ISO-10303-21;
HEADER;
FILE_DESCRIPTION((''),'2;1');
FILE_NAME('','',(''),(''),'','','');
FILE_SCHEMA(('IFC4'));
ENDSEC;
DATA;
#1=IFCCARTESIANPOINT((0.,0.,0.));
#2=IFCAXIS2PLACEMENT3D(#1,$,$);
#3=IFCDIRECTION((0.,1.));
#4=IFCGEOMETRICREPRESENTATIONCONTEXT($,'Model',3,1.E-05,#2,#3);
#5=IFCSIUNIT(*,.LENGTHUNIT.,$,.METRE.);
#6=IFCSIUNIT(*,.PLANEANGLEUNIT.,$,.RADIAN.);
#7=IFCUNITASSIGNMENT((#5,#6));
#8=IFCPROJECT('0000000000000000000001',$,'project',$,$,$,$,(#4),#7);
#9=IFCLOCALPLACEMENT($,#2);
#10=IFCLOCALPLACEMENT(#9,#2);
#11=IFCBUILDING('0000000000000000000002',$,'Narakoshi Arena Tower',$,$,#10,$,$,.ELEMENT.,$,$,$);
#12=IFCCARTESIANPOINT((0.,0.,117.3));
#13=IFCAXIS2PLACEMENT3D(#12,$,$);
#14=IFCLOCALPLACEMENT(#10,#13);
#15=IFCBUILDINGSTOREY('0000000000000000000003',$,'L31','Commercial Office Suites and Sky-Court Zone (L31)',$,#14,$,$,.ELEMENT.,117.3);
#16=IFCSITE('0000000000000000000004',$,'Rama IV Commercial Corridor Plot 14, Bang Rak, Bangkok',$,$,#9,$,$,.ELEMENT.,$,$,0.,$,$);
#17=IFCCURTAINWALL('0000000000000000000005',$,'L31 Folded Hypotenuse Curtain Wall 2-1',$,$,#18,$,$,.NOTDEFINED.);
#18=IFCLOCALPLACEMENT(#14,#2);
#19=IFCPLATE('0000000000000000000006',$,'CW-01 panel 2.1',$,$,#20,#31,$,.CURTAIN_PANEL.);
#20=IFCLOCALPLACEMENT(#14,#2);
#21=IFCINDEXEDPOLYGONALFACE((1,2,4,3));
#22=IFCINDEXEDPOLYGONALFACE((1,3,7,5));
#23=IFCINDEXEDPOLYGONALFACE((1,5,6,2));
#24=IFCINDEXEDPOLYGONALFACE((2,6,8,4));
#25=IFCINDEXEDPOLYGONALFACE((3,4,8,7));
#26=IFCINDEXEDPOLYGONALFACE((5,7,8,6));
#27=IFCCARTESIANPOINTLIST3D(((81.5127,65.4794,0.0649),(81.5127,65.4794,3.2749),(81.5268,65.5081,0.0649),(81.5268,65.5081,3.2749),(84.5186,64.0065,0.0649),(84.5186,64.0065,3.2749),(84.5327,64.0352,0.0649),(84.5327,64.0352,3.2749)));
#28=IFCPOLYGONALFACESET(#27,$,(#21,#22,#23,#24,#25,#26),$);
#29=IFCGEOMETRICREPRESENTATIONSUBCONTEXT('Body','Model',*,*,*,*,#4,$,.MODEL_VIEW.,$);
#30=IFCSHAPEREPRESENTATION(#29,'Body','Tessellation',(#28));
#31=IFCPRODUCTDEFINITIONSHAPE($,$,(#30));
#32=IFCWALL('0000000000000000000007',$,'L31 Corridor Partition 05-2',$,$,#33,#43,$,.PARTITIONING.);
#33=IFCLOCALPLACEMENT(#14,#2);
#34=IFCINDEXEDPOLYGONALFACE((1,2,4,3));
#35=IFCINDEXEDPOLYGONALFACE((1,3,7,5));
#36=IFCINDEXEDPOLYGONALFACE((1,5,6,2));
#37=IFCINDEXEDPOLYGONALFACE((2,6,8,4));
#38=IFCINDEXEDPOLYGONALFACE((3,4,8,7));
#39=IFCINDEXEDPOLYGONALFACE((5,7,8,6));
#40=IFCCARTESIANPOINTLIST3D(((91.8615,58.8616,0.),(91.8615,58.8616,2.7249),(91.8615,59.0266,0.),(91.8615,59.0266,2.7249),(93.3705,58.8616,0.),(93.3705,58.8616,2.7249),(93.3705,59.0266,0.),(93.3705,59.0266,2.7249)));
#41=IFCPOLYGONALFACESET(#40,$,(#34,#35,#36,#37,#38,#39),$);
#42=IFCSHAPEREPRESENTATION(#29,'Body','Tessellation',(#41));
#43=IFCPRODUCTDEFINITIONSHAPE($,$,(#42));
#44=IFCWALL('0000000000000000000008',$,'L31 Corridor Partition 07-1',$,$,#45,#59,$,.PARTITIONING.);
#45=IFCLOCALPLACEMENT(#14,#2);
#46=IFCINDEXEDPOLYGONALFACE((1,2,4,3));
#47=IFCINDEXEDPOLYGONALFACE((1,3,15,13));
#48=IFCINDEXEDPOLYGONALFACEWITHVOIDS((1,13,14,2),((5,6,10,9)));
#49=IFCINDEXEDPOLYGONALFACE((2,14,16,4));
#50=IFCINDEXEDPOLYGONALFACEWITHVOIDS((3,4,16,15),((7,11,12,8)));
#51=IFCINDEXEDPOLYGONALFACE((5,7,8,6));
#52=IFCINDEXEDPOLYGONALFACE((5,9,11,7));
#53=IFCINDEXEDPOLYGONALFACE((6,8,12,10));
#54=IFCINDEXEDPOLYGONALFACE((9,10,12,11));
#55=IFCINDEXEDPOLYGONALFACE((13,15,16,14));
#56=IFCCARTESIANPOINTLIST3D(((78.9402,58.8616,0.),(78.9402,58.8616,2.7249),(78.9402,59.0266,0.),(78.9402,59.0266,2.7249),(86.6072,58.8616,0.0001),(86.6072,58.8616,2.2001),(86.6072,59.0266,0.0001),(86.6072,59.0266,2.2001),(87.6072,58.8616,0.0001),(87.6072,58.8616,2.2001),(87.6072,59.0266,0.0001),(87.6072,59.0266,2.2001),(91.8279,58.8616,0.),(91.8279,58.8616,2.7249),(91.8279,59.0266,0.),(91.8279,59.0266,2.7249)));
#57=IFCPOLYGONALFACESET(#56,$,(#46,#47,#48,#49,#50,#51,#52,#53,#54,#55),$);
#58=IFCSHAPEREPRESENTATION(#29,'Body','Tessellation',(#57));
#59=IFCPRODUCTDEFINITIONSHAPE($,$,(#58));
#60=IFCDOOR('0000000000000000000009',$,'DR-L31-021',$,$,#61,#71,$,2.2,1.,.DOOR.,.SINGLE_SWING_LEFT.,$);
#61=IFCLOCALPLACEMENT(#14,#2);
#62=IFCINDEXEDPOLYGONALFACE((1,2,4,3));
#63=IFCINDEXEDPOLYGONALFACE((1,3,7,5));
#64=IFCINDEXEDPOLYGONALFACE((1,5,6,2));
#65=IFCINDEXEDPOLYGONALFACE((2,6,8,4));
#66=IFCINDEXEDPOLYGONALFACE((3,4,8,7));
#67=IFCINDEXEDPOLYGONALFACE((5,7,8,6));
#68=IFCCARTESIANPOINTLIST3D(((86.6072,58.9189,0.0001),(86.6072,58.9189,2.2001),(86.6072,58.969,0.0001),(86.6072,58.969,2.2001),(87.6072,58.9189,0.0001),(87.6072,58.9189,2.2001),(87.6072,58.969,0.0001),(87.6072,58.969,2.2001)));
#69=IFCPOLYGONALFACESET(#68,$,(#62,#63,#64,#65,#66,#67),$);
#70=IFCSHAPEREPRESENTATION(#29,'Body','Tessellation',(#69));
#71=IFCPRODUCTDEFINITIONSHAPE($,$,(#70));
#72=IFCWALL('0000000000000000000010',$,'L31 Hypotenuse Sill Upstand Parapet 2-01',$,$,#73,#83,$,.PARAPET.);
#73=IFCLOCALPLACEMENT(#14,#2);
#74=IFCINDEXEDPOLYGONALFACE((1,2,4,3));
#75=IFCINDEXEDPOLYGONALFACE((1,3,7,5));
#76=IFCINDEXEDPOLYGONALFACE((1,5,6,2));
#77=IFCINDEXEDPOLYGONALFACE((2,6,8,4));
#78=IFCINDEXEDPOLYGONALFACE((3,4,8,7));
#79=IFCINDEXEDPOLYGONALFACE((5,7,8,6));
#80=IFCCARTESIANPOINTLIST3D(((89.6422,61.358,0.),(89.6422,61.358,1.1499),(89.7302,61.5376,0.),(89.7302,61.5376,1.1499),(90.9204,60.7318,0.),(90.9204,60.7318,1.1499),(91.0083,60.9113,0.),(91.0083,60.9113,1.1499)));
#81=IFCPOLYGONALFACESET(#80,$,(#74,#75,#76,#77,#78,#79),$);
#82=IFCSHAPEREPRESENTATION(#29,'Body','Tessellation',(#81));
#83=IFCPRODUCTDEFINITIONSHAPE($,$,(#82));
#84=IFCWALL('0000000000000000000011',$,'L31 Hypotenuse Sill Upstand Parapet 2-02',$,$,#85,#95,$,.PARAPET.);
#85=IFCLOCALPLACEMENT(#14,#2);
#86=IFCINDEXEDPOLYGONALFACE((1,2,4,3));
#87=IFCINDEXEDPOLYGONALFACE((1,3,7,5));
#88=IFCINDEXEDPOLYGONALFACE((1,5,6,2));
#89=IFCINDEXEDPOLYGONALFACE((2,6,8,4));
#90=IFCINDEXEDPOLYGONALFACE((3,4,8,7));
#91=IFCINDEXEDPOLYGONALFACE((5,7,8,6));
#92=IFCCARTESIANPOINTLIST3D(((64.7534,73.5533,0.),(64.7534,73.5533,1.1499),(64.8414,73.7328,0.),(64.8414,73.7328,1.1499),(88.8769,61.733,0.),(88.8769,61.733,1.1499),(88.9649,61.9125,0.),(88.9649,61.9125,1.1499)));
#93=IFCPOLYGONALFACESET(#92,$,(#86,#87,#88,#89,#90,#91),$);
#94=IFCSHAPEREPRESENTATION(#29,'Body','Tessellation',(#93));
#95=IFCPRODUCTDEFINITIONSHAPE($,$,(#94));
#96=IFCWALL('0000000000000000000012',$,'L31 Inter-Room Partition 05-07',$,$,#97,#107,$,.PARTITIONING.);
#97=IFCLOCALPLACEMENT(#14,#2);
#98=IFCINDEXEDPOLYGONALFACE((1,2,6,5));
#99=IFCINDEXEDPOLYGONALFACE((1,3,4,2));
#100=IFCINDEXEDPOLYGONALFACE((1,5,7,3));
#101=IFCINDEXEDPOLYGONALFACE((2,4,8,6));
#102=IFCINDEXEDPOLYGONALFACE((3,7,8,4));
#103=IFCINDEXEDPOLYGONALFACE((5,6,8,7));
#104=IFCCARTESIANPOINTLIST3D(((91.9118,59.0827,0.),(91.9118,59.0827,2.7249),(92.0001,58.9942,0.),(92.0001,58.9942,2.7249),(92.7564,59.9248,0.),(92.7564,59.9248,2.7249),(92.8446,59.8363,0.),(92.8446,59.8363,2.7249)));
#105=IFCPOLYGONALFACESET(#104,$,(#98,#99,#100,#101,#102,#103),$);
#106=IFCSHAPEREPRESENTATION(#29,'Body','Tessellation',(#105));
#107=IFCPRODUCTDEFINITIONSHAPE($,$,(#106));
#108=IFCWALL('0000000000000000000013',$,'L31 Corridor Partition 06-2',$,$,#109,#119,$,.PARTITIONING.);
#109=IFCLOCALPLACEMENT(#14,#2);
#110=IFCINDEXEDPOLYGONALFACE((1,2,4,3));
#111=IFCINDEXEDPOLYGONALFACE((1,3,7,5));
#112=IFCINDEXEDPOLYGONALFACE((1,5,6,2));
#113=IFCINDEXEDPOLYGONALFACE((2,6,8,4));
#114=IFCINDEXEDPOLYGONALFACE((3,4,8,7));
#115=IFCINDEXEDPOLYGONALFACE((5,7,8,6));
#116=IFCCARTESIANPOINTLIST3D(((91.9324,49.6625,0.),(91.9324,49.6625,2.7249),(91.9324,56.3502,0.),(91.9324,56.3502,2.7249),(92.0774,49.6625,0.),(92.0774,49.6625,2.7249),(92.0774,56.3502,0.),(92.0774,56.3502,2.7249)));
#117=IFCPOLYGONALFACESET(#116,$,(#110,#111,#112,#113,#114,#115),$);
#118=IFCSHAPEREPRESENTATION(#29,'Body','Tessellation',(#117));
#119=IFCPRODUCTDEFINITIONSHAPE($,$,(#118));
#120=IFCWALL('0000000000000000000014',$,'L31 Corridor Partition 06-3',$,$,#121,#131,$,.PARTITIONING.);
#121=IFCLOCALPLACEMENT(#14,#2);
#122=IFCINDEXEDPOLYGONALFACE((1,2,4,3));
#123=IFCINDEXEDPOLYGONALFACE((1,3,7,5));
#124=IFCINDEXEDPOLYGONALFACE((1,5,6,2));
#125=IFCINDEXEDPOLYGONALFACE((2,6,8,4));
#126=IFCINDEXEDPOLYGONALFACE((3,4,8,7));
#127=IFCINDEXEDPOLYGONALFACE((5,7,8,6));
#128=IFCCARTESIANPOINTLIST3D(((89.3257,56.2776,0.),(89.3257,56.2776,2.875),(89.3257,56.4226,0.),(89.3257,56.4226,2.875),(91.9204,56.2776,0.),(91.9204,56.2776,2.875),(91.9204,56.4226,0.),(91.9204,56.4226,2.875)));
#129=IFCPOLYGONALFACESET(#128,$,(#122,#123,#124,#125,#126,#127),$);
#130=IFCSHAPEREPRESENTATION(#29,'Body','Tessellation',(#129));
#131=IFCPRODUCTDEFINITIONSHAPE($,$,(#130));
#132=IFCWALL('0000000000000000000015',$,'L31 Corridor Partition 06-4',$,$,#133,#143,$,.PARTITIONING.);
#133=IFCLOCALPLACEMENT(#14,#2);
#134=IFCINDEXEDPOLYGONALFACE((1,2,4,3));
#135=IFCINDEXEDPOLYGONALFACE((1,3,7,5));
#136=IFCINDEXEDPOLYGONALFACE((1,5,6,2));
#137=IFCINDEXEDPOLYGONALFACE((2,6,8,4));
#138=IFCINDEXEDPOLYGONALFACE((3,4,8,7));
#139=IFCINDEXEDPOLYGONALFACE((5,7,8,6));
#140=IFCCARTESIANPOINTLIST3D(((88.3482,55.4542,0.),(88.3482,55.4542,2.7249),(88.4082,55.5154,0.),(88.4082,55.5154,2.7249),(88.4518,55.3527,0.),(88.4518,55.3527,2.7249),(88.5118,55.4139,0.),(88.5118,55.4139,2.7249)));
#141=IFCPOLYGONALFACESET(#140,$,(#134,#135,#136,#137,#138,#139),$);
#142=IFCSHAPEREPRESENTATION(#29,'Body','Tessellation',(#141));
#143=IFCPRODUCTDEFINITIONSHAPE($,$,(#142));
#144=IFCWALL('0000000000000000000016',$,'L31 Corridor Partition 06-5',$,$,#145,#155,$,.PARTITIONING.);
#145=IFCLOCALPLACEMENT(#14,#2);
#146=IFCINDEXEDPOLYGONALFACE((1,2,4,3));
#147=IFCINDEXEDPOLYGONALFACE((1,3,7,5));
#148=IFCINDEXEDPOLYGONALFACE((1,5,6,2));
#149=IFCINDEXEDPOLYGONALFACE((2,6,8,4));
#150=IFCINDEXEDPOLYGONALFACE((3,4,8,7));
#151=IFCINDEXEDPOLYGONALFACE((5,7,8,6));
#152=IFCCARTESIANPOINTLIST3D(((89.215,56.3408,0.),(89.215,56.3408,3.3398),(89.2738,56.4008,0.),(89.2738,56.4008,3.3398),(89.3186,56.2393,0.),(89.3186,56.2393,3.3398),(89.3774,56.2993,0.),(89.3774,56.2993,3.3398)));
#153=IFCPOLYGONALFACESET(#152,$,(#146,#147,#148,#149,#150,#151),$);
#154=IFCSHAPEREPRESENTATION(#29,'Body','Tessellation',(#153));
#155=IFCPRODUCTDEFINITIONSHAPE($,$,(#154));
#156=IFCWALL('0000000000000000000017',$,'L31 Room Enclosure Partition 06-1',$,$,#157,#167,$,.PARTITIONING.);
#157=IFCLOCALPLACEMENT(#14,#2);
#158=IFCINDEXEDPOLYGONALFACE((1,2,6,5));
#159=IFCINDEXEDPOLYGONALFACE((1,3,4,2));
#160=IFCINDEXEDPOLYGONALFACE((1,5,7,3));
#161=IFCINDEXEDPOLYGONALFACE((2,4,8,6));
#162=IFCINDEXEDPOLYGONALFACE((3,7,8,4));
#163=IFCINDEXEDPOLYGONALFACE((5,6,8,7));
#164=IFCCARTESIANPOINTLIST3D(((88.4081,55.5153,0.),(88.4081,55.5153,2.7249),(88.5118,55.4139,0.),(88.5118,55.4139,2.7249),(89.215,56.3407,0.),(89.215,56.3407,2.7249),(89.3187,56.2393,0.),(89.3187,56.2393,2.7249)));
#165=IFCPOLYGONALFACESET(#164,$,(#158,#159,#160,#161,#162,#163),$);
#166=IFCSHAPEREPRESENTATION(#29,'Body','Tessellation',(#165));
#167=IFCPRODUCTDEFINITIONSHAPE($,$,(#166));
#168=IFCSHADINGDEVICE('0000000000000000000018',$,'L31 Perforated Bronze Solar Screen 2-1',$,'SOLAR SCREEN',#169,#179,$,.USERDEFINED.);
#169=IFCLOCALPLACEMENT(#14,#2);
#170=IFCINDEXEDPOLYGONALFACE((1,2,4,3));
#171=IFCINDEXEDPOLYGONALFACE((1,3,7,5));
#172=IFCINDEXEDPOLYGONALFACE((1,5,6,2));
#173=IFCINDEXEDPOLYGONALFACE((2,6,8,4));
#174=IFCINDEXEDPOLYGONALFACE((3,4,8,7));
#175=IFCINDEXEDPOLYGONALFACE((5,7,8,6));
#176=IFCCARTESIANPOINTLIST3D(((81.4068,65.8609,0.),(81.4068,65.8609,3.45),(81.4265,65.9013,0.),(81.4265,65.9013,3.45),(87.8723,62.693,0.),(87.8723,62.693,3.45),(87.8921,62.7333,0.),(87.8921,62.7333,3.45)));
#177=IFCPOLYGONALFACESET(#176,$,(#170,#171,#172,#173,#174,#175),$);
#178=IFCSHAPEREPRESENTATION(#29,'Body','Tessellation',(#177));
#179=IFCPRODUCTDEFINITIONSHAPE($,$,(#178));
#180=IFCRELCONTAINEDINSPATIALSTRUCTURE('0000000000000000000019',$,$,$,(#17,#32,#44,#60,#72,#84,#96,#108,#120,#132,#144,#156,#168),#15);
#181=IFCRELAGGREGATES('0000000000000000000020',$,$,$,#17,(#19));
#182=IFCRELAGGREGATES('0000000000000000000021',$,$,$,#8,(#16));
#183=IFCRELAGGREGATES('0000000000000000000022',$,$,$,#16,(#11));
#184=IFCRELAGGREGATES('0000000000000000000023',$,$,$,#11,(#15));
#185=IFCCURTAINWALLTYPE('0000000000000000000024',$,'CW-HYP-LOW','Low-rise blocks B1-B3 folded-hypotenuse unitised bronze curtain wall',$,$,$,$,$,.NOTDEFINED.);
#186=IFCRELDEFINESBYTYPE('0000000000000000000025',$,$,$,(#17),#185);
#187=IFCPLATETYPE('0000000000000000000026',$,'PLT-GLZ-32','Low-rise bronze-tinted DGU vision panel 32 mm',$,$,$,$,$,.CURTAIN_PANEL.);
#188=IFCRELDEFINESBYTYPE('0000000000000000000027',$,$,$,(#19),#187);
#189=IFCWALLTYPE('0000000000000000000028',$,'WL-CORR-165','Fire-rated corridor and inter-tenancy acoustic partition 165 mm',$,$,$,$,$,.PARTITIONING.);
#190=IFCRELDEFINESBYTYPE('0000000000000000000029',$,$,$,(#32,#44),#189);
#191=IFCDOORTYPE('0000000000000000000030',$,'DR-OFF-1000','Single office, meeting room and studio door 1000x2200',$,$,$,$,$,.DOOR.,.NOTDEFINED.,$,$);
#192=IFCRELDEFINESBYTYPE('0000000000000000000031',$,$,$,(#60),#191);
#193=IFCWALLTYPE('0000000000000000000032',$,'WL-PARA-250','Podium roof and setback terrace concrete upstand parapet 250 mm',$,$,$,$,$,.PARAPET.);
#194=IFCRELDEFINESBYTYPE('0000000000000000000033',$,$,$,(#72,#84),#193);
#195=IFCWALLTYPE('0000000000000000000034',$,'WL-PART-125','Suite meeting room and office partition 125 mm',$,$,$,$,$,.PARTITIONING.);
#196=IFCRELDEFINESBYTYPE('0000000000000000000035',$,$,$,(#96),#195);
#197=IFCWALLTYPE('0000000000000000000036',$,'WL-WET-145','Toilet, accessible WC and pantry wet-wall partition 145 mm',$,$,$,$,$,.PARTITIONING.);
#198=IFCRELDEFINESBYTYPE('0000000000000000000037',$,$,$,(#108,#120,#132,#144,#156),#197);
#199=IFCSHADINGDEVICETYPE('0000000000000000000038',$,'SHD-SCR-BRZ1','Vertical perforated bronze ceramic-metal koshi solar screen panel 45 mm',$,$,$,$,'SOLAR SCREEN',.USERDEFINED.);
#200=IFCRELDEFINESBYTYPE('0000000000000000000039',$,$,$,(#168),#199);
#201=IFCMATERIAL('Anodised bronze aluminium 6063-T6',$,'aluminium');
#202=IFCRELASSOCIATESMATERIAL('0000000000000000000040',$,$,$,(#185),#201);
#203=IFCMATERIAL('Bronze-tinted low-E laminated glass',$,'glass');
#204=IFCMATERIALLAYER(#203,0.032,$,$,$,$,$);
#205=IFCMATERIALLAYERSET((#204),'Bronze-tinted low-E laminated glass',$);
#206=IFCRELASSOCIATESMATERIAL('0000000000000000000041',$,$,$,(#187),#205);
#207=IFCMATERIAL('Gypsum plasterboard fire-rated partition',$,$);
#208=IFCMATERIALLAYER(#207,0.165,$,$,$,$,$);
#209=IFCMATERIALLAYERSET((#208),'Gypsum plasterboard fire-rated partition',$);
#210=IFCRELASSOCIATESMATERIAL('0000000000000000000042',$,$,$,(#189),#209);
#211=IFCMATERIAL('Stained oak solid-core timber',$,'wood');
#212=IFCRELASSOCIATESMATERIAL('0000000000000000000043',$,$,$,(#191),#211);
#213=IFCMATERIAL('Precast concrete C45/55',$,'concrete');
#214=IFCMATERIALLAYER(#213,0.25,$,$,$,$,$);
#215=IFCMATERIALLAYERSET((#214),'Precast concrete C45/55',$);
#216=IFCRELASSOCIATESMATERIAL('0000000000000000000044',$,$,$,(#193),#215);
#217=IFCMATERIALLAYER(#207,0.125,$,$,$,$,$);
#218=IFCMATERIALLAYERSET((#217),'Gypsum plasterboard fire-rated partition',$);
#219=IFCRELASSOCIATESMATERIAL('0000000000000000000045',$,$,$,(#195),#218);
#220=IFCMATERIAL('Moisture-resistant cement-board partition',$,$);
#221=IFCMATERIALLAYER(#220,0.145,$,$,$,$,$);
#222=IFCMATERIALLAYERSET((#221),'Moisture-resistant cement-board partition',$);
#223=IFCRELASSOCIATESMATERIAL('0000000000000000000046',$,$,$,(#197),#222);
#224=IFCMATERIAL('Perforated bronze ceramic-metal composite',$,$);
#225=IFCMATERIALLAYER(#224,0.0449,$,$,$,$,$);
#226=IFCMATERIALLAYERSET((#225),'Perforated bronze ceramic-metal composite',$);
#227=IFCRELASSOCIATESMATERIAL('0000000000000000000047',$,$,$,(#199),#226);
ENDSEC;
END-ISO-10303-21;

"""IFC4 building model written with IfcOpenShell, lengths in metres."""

from ifc_helpers import new_model, si_unit, direction, frame, frame_2d, origin, origin_2d, place, context, subcontext, project, spatial, rectangle, extrude, material, layer, layer_set, type_object, element, fill, aggregate, save


model = new_model("IFC4")

# Units and contexts
model_context = context("Model", 3, precision=1e-05, world=origin(), true_north=direction((0.0, 1.0)))
body_context = subcontext(model_context, "Body", "Model", "MODEL_VIEW")
ifc_project = project(units=[si_unit("LENGTHUNIT", "METRE"), si_unit("PLANEANGLEUNIT", "RADIAN")], contexts=[model_context])

# Site, building, storey
site_placement = place(None, origin())
site = spatial("IfcSite", under=ifc_project, at=site_placement, Name="Rama IV Commercial Corridor Plot 14, Bang Rak, Bangkok", CompositionType="ELEMENT", RefElevation=0.0)
building_placement = place(site_placement, origin())
building = spatial("IfcBuilding", under=site, at=building_placement, Name="Narakoshi Arena Tower", CompositionType="ELEMENT")
storey_placement = place(building_placement, frame((0.0, 0.0, 117.3)))
storey = spatial("IfcBuildingStorey", under=building, at=storey_placement, Name="L31", Description="Commercial Office Suites and Sky-Court Zone (L31)", CompositionType="ELEMENT", Elevation=117.3)

# Curtain wall, plate
ifc_material_1 = material(Name="Anodised bronze aluminium 6063-T6", Category="aluminium")
curtain_wall_type = type_object("IfcCurtainWallType", Name="CW-HYP-LOW", Description="Low-rise blocks B1-B3 folded-hypotenuse unitised bronze curtain wall", PredefinedType="NOTDEFINED", material=ifc_material_1)
curtain_wall_placement = place(storey_placement, origin())
curtain_wall = element("IfcCurtainWall", 1, at=curtain_wall_placement, inside=storey, type_object=curtain_wall_type, Name="L31 Folded Hypotenuse Curtain Wall 2-1", PredefinedType="NOTDEFINED")
ifc_material_2 = material(Name="Bronze-tinted low-E laminated glass", Category="glass")
ifc_layer_1 = layer(ifc_material_2, 0.032)
ifc_layer_set_1 = layer_set([ifc_layer_1], Name="Bronze-tinted low-E laminated glass")
plate_type = type_object("IfcPlateType", Name="PLT-GLZ-32", Description="Low-rise bronze-tinted DGU vision panel 32 mm", PredefinedType="CURTAIN_PANEL", material=ifc_layer_set_1)
plate_1_placement = place(storey_placement, frame((83.0227, 64.7573, 0.0649), z_axis=(0.0, 0.0, 1.0), x_axis=(-0.897996, 0.440005, 0.0)))
plate_1 = element("IfcPlate", 2, at=plate_1_placement, type_object=plate_type, Name="CW-01 panel 2.1", PredefinedType="CURTAIN_PANEL", context=body_context, shape_type="SweptSolid", body=[
    extrude(rectangle(XDim=3.3474, YDim=0.032, at=origin_2d()), origin(), (0.0, 0.0, 1.0), 3.21),
])
aggregate(curtain_wall, [plate_1])

# Wall
ifc_material_3 = material(Name="Gypsum plasterboard fire-rated partition")
ifc_layer_2 = layer(ifc_material_3, 0.165)
ifc_layer_set_2 = layer_set([ifc_layer_2], Name="Gypsum plasterboard fire-rated partition")
wall_type_1 = type_object("IfcWallType", Name="WL-CORR-165", Description="Fire-rated corridor and inter-tenancy acoustic partition 165 mm", PredefinedType="PARTITIONING", material=ifc_layer_set_2)
wall_1_placement = place(storey_placement, frame((93.3704, 58.9441, 0.0), z_axis=(0.0, 0.0, 1.0), x_axis=(-1.0, 0.0, 0.0)))
element("IfcWall", 3, at=wall_1_placement, inside=storey, type_object=wall_type_1, Name="L31 Corridor Partition 05-2", PredefinedType="PARTITIONING", context=body_context, shape_type="SweptSolid", body=[
    extrude(rectangle(XDim=1.509, YDim=0.165, at=frame_2d((0.7544, 0.0))), origin(), (0.0, 0.0, 1.0), 2.7249),
])

# Wall, opening, door
wall_2_placement = place(storey_placement, frame((91.8279, 58.9441, 0.0), z_axis=(0.0, 0.0, 1.0), x_axis=(-1.0, 0.0, 0.0)))
wall_2 = element("IfcWall", 4, at=wall_2_placement, inside=storey, type_object=wall_type_1, Name="L31 Corridor Partition 07-1", PredefinedType="PARTITIONING", context=body_context, shape_type="SweptSolid", body=[
    extrude(rectangle(XDim=12.8877, YDim=0.165, at=frame_2d((6.4438, 0.0))), origin(), (0.0, 0.0, 1.0), 2.7249),
])
opening_placement = place(wall_2_placement, frame((4.2207, 0.0, 0.0)))
opening = element("IfcOpeningElement", 5, at=opening_placement, cuts=wall_2, PredefinedType="OPENING", context=body_context, shape_type="SweptSolid", body=[
    extrude(rectangle(XDim=1.0, YDim=2.2, at=frame_2d((0.5, 1.1001))), frame((0.0, 0.0925, 0.0), z_axis=(0.0, -1.0, 0.0), x_axis=(1.0, 0.0, 0.0)), (0.0, 0.0, 1.0), 0.1851),
])
ifc_material_4 = material(Name="Stained oak solid-core timber", Category="wood")
door_type = type_object("IfcDoorType", Name="DR-OFF-1000", Description="Single office, meeting room and studio door 1000x2200", OperationType="NOTDEFINED", PredefinedType="DOOR", material=ifc_material_4)
door_placement = place(opening_placement, frame((1.0, 0.0, 0.0), z_axis=(0.0, 0.0, 1.0), x_axis=(-1.0, 0.0, 0.0)))
door = element("IfcDoor", 6, at=door_placement, inside=storey, type_object=door_type, Name="DR-L31-021", OperationType="SINGLE_SWING_LEFT", OverallHeight=2.2, OverallWidth=1.0, PredefinedType="DOOR", context=body_context, shape_type="SweptSolid", body=[
    extrude(rectangle(XDim=1.0, YDim=2.2, at=frame_2d((0.5, 1.1001))), frame((0.0, 0.0249, 0.0), z_axis=(0.0, -1.0, 0.0), x_axis=(1.0, 0.0, 0.0)), (0.0, 0.0, 1.0), 0.05),
])
fill(opening, door)

# Walls
ifc_material_5 = material(Name="Precast concrete C45/55", Category="concrete")
ifc_layer_3 = layer(ifc_material_5, 0.25)
ifc_layer_set_3 = layer_set([ifc_layer_3], Name="Precast concrete C45/55")
wall_type_2 = type_object("IfcWallType", Name="WL-PARA-250", Description="Podium roof and setback terrace concrete upstand parapet 250 mm", PredefinedType="PARAPET", material=ifc_layer_set_3)
wall_3_placement = place(storey_placement, frame((90.9644, 60.8215, 0.0), z_axis=(0.0, 0.0, 1.0), x_axis=(-0.898, 0.439994, 0.0)))
element("IfcWall", 7, at=wall_3_placement, inside=storey, type_object=wall_type_2, Name="L31 Hypotenuse Sill Upstand Parapet 2-01", PredefinedType="PARAPET", context=body_context, shape_type="SweptSolid", body=[
    extrude(rectangle(XDim=1.4233, YDim=0.2, at=frame_2d((0.7117, 0.0))), origin(), (0.0, 0.0, 1.0), 1.1499),
])
wall_4_placement = place(storey_placement, frame((88.9209, 61.8228, 0.0), z_axis=(0.0, 0.0, 1.0), x_axis=(-0.897994, 0.440009, 0.0)))
element("IfcWall", 8, at=wall_4_placement, inside=storey, type_object=wall_type_2, Name="L31 Hypotenuse Sill Upstand Parapet 2-02", PredefinedType="PARAPET", context=body_context, shape_type="SweptSolid", body=[
    extrude(rectangle(XDim=26.8638, YDim=0.2, at=frame_2d((13.4319, 0.0))), origin(), (0.0, 0.0, 1.0), 1.1499),
])
ifc_layer_4 = layer(ifc_material_3, 0.125)
ifc_layer_set_4 = layer_set([ifc_layer_4], Name="Gypsum plasterboard fire-rated partition")
wall_type_3 = type_object("IfcWallType", Name="WL-PART-125", Description="Suite meeting room and office partition 125 mm", PredefinedType="PARTITIONING", material=ifc_layer_set_4)
wall_5_placement = place(storey_placement, frame((91.9561, 59.0386, 0.0), z_axis=(0.0, 0.0, 1.0), x_axis=(0.70813, 0.706082, 0.0)))
element("IfcWall", 9, at=wall_5_placement, inside=storey, type_object=wall_type_3, Name="L31 Inter-Room Partition 05-07", PredefinedType="PARTITIONING", context=body_context, shape_type="SweptSolid", body=[
    extrude(rectangle(XDim=1.1926, YDim=0.125, at=frame_2d((0.5962, 0.0))), origin(), (0.0, 0.0, 1.0), 2.7249),
])
ifc_material_6 = material(Name="Moisture-resistant cement-board partition")
ifc_layer_5 = layer(ifc_material_6, 0.145)
ifc_layer_set_5 = layer_set([ifc_layer_5], Name="Moisture-resistant cement-board partition")
wall_type_4 = type_object("IfcWallType", Name="WL-WET-145", Description="Toilet, accessible WC and pantry wet-wall partition 145 mm", PredefinedType="PARTITIONING", material=ifc_layer_set_5)
wall_6_placement = place(storey_placement, frame((92.0049, 56.3501, 0.0), z_axis=(0.0, 0.0, 1.0), x_axis=(0.0, -1.0, 0.0)))
element("IfcWall", 10, at=wall_6_placement, inside=storey, type_object=wall_type_4, Name="L31 Corridor Partition 06-2", PredefinedType="PARTITIONING", context=body_context, shape_type="SweptSolid", body=[
    extrude(rectangle(XDim=6.6877, YDim=0.145, at=frame_2d((3.3438, 0.0))), origin(), (0.0, 0.0, 1.0), 2.7249),
])
wall_7_placement = place(storey_placement, frame((89.3257, 56.3501, 0.0), z_axis=(0.0, 0.0, 1.0), x_axis=(1.0, 0.0, 0.0)))
element("IfcWall", 11, at=wall_7_placement, inside=storey, type_object=wall_type_4, Name="L31 Corridor Partition 06-3", PredefinedType="PARTITIONING", context=body_context, shape_type="SweptSolid", body=[
    extrude(rectangle(XDim=2.5947, YDim=0.145, at=frame_2d((1.2974, 0.0))), origin(), (0.0, 0.0, 1.0), 2.875),
])
wall_8_placement = place(storey_placement, frame((88.3999, 55.4033, 0.0), z_axis=(0.0, 0.0, 1.0), x_axis=(0.699958, 0.714184, 0.0)))
element("IfcWall", 12, at=wall_8_placement, inside=storey, type_object=wall_type_4, Name="L31 Corridor Partition 06-4", PredefinedType="PARTITIONING", context=body_context, shape_type="SweptSolid", body=[
    extrude(rectangle(XDim=0.0857, YDim=0.145, at=frame_2d((0.043, 0.0))), origin(), (0.0, 0.0, 1.0), 2.7249),
])
wall_9_placement = place(storey_placement, frame((89.2668, 56.29, 0.0), z_axis=(0.0, 0.0, 1.0), x_axis=(0.69981, 0.714329, 0.0)))
element("IfcWall", 13, at=wall_9_placement, inside=storey, type_object=wall_type_4, Name="L31 Corridor Partition 06-5", PredefinedType="PARTITIONING", context=body_context, shape_type="SweptSolid", body=[
    extrude(rectangle(XDim=0.084, YDim=0.145, at=frame_2d((0.042, 0.0))), origin(), (0.0, 0.0, 1.0), 3.3398),
])
wall_10_placement = place(storey_placement, frame((88.46, 55.4646, 0.0), z_axis=(0.0, 0.0, 1.0), x_axis=(0.699024, 0.715098, 0.0)))
element("IfcWall", 14, at=wall_10_placement, inside=storey, type_object=wall_type_4, Name="L31 Room Enclosure Partition 06-1", PredefinedType="PARTITIONING", context=body_context, shape_type="SweptSolid", body=[
    extrude(rectangle(XDim=1.1543, YDim=0.145, at=frame_2d((0.5771, 0.0))), origin(), (0.0, 0.0, 1.0), 2.7249),
])

# Shading device
ifc_material_7 = material(Name="Perforated bronze ceramic-metal composite")
ifc_layer_6 = layer(ifc_material_7, 0.0449)
ifc_layer_set_6 = layer_set([ifc_layer_6], Name="Perforated bronze ceramic-metal composite")
shading_device_type = type_object("IfcShadingDeviceType", Name="SHD-SCR-BRZ1", Description="Vertical perforated bronze ceramic-metal koshi solar screen panel 45 mm", ElementType="SOLAR SCREEN", PredefinedType="USERDEFINED", material=ifc_layer_set_6)
shading_device_placement = place(storey_placement, frame((84.6494, 64.2971, 0.0), z_axis=(0.0, 0.0, 1.0), x_axis=(-0.897997, 0.440002, 0.0)))
element("IfcShadingDevice", 15, at=shading_device_placement, inside=storey, type_object=shading_device_type, Name="L31 Perforated Bronze Solar Screen 2-1", ObjectType="SOLAR SCREEN", PredefinedType="USERDEFINED", context=body_context, shape_type="SweptSolid", body=[
    extrude(rectangle(XDim=7.2, YDim=0.0449, at=origin_2d()), origin(), (0.0, 0.0, 1.0), 3.45),
])

save(model, "model.ifc")
